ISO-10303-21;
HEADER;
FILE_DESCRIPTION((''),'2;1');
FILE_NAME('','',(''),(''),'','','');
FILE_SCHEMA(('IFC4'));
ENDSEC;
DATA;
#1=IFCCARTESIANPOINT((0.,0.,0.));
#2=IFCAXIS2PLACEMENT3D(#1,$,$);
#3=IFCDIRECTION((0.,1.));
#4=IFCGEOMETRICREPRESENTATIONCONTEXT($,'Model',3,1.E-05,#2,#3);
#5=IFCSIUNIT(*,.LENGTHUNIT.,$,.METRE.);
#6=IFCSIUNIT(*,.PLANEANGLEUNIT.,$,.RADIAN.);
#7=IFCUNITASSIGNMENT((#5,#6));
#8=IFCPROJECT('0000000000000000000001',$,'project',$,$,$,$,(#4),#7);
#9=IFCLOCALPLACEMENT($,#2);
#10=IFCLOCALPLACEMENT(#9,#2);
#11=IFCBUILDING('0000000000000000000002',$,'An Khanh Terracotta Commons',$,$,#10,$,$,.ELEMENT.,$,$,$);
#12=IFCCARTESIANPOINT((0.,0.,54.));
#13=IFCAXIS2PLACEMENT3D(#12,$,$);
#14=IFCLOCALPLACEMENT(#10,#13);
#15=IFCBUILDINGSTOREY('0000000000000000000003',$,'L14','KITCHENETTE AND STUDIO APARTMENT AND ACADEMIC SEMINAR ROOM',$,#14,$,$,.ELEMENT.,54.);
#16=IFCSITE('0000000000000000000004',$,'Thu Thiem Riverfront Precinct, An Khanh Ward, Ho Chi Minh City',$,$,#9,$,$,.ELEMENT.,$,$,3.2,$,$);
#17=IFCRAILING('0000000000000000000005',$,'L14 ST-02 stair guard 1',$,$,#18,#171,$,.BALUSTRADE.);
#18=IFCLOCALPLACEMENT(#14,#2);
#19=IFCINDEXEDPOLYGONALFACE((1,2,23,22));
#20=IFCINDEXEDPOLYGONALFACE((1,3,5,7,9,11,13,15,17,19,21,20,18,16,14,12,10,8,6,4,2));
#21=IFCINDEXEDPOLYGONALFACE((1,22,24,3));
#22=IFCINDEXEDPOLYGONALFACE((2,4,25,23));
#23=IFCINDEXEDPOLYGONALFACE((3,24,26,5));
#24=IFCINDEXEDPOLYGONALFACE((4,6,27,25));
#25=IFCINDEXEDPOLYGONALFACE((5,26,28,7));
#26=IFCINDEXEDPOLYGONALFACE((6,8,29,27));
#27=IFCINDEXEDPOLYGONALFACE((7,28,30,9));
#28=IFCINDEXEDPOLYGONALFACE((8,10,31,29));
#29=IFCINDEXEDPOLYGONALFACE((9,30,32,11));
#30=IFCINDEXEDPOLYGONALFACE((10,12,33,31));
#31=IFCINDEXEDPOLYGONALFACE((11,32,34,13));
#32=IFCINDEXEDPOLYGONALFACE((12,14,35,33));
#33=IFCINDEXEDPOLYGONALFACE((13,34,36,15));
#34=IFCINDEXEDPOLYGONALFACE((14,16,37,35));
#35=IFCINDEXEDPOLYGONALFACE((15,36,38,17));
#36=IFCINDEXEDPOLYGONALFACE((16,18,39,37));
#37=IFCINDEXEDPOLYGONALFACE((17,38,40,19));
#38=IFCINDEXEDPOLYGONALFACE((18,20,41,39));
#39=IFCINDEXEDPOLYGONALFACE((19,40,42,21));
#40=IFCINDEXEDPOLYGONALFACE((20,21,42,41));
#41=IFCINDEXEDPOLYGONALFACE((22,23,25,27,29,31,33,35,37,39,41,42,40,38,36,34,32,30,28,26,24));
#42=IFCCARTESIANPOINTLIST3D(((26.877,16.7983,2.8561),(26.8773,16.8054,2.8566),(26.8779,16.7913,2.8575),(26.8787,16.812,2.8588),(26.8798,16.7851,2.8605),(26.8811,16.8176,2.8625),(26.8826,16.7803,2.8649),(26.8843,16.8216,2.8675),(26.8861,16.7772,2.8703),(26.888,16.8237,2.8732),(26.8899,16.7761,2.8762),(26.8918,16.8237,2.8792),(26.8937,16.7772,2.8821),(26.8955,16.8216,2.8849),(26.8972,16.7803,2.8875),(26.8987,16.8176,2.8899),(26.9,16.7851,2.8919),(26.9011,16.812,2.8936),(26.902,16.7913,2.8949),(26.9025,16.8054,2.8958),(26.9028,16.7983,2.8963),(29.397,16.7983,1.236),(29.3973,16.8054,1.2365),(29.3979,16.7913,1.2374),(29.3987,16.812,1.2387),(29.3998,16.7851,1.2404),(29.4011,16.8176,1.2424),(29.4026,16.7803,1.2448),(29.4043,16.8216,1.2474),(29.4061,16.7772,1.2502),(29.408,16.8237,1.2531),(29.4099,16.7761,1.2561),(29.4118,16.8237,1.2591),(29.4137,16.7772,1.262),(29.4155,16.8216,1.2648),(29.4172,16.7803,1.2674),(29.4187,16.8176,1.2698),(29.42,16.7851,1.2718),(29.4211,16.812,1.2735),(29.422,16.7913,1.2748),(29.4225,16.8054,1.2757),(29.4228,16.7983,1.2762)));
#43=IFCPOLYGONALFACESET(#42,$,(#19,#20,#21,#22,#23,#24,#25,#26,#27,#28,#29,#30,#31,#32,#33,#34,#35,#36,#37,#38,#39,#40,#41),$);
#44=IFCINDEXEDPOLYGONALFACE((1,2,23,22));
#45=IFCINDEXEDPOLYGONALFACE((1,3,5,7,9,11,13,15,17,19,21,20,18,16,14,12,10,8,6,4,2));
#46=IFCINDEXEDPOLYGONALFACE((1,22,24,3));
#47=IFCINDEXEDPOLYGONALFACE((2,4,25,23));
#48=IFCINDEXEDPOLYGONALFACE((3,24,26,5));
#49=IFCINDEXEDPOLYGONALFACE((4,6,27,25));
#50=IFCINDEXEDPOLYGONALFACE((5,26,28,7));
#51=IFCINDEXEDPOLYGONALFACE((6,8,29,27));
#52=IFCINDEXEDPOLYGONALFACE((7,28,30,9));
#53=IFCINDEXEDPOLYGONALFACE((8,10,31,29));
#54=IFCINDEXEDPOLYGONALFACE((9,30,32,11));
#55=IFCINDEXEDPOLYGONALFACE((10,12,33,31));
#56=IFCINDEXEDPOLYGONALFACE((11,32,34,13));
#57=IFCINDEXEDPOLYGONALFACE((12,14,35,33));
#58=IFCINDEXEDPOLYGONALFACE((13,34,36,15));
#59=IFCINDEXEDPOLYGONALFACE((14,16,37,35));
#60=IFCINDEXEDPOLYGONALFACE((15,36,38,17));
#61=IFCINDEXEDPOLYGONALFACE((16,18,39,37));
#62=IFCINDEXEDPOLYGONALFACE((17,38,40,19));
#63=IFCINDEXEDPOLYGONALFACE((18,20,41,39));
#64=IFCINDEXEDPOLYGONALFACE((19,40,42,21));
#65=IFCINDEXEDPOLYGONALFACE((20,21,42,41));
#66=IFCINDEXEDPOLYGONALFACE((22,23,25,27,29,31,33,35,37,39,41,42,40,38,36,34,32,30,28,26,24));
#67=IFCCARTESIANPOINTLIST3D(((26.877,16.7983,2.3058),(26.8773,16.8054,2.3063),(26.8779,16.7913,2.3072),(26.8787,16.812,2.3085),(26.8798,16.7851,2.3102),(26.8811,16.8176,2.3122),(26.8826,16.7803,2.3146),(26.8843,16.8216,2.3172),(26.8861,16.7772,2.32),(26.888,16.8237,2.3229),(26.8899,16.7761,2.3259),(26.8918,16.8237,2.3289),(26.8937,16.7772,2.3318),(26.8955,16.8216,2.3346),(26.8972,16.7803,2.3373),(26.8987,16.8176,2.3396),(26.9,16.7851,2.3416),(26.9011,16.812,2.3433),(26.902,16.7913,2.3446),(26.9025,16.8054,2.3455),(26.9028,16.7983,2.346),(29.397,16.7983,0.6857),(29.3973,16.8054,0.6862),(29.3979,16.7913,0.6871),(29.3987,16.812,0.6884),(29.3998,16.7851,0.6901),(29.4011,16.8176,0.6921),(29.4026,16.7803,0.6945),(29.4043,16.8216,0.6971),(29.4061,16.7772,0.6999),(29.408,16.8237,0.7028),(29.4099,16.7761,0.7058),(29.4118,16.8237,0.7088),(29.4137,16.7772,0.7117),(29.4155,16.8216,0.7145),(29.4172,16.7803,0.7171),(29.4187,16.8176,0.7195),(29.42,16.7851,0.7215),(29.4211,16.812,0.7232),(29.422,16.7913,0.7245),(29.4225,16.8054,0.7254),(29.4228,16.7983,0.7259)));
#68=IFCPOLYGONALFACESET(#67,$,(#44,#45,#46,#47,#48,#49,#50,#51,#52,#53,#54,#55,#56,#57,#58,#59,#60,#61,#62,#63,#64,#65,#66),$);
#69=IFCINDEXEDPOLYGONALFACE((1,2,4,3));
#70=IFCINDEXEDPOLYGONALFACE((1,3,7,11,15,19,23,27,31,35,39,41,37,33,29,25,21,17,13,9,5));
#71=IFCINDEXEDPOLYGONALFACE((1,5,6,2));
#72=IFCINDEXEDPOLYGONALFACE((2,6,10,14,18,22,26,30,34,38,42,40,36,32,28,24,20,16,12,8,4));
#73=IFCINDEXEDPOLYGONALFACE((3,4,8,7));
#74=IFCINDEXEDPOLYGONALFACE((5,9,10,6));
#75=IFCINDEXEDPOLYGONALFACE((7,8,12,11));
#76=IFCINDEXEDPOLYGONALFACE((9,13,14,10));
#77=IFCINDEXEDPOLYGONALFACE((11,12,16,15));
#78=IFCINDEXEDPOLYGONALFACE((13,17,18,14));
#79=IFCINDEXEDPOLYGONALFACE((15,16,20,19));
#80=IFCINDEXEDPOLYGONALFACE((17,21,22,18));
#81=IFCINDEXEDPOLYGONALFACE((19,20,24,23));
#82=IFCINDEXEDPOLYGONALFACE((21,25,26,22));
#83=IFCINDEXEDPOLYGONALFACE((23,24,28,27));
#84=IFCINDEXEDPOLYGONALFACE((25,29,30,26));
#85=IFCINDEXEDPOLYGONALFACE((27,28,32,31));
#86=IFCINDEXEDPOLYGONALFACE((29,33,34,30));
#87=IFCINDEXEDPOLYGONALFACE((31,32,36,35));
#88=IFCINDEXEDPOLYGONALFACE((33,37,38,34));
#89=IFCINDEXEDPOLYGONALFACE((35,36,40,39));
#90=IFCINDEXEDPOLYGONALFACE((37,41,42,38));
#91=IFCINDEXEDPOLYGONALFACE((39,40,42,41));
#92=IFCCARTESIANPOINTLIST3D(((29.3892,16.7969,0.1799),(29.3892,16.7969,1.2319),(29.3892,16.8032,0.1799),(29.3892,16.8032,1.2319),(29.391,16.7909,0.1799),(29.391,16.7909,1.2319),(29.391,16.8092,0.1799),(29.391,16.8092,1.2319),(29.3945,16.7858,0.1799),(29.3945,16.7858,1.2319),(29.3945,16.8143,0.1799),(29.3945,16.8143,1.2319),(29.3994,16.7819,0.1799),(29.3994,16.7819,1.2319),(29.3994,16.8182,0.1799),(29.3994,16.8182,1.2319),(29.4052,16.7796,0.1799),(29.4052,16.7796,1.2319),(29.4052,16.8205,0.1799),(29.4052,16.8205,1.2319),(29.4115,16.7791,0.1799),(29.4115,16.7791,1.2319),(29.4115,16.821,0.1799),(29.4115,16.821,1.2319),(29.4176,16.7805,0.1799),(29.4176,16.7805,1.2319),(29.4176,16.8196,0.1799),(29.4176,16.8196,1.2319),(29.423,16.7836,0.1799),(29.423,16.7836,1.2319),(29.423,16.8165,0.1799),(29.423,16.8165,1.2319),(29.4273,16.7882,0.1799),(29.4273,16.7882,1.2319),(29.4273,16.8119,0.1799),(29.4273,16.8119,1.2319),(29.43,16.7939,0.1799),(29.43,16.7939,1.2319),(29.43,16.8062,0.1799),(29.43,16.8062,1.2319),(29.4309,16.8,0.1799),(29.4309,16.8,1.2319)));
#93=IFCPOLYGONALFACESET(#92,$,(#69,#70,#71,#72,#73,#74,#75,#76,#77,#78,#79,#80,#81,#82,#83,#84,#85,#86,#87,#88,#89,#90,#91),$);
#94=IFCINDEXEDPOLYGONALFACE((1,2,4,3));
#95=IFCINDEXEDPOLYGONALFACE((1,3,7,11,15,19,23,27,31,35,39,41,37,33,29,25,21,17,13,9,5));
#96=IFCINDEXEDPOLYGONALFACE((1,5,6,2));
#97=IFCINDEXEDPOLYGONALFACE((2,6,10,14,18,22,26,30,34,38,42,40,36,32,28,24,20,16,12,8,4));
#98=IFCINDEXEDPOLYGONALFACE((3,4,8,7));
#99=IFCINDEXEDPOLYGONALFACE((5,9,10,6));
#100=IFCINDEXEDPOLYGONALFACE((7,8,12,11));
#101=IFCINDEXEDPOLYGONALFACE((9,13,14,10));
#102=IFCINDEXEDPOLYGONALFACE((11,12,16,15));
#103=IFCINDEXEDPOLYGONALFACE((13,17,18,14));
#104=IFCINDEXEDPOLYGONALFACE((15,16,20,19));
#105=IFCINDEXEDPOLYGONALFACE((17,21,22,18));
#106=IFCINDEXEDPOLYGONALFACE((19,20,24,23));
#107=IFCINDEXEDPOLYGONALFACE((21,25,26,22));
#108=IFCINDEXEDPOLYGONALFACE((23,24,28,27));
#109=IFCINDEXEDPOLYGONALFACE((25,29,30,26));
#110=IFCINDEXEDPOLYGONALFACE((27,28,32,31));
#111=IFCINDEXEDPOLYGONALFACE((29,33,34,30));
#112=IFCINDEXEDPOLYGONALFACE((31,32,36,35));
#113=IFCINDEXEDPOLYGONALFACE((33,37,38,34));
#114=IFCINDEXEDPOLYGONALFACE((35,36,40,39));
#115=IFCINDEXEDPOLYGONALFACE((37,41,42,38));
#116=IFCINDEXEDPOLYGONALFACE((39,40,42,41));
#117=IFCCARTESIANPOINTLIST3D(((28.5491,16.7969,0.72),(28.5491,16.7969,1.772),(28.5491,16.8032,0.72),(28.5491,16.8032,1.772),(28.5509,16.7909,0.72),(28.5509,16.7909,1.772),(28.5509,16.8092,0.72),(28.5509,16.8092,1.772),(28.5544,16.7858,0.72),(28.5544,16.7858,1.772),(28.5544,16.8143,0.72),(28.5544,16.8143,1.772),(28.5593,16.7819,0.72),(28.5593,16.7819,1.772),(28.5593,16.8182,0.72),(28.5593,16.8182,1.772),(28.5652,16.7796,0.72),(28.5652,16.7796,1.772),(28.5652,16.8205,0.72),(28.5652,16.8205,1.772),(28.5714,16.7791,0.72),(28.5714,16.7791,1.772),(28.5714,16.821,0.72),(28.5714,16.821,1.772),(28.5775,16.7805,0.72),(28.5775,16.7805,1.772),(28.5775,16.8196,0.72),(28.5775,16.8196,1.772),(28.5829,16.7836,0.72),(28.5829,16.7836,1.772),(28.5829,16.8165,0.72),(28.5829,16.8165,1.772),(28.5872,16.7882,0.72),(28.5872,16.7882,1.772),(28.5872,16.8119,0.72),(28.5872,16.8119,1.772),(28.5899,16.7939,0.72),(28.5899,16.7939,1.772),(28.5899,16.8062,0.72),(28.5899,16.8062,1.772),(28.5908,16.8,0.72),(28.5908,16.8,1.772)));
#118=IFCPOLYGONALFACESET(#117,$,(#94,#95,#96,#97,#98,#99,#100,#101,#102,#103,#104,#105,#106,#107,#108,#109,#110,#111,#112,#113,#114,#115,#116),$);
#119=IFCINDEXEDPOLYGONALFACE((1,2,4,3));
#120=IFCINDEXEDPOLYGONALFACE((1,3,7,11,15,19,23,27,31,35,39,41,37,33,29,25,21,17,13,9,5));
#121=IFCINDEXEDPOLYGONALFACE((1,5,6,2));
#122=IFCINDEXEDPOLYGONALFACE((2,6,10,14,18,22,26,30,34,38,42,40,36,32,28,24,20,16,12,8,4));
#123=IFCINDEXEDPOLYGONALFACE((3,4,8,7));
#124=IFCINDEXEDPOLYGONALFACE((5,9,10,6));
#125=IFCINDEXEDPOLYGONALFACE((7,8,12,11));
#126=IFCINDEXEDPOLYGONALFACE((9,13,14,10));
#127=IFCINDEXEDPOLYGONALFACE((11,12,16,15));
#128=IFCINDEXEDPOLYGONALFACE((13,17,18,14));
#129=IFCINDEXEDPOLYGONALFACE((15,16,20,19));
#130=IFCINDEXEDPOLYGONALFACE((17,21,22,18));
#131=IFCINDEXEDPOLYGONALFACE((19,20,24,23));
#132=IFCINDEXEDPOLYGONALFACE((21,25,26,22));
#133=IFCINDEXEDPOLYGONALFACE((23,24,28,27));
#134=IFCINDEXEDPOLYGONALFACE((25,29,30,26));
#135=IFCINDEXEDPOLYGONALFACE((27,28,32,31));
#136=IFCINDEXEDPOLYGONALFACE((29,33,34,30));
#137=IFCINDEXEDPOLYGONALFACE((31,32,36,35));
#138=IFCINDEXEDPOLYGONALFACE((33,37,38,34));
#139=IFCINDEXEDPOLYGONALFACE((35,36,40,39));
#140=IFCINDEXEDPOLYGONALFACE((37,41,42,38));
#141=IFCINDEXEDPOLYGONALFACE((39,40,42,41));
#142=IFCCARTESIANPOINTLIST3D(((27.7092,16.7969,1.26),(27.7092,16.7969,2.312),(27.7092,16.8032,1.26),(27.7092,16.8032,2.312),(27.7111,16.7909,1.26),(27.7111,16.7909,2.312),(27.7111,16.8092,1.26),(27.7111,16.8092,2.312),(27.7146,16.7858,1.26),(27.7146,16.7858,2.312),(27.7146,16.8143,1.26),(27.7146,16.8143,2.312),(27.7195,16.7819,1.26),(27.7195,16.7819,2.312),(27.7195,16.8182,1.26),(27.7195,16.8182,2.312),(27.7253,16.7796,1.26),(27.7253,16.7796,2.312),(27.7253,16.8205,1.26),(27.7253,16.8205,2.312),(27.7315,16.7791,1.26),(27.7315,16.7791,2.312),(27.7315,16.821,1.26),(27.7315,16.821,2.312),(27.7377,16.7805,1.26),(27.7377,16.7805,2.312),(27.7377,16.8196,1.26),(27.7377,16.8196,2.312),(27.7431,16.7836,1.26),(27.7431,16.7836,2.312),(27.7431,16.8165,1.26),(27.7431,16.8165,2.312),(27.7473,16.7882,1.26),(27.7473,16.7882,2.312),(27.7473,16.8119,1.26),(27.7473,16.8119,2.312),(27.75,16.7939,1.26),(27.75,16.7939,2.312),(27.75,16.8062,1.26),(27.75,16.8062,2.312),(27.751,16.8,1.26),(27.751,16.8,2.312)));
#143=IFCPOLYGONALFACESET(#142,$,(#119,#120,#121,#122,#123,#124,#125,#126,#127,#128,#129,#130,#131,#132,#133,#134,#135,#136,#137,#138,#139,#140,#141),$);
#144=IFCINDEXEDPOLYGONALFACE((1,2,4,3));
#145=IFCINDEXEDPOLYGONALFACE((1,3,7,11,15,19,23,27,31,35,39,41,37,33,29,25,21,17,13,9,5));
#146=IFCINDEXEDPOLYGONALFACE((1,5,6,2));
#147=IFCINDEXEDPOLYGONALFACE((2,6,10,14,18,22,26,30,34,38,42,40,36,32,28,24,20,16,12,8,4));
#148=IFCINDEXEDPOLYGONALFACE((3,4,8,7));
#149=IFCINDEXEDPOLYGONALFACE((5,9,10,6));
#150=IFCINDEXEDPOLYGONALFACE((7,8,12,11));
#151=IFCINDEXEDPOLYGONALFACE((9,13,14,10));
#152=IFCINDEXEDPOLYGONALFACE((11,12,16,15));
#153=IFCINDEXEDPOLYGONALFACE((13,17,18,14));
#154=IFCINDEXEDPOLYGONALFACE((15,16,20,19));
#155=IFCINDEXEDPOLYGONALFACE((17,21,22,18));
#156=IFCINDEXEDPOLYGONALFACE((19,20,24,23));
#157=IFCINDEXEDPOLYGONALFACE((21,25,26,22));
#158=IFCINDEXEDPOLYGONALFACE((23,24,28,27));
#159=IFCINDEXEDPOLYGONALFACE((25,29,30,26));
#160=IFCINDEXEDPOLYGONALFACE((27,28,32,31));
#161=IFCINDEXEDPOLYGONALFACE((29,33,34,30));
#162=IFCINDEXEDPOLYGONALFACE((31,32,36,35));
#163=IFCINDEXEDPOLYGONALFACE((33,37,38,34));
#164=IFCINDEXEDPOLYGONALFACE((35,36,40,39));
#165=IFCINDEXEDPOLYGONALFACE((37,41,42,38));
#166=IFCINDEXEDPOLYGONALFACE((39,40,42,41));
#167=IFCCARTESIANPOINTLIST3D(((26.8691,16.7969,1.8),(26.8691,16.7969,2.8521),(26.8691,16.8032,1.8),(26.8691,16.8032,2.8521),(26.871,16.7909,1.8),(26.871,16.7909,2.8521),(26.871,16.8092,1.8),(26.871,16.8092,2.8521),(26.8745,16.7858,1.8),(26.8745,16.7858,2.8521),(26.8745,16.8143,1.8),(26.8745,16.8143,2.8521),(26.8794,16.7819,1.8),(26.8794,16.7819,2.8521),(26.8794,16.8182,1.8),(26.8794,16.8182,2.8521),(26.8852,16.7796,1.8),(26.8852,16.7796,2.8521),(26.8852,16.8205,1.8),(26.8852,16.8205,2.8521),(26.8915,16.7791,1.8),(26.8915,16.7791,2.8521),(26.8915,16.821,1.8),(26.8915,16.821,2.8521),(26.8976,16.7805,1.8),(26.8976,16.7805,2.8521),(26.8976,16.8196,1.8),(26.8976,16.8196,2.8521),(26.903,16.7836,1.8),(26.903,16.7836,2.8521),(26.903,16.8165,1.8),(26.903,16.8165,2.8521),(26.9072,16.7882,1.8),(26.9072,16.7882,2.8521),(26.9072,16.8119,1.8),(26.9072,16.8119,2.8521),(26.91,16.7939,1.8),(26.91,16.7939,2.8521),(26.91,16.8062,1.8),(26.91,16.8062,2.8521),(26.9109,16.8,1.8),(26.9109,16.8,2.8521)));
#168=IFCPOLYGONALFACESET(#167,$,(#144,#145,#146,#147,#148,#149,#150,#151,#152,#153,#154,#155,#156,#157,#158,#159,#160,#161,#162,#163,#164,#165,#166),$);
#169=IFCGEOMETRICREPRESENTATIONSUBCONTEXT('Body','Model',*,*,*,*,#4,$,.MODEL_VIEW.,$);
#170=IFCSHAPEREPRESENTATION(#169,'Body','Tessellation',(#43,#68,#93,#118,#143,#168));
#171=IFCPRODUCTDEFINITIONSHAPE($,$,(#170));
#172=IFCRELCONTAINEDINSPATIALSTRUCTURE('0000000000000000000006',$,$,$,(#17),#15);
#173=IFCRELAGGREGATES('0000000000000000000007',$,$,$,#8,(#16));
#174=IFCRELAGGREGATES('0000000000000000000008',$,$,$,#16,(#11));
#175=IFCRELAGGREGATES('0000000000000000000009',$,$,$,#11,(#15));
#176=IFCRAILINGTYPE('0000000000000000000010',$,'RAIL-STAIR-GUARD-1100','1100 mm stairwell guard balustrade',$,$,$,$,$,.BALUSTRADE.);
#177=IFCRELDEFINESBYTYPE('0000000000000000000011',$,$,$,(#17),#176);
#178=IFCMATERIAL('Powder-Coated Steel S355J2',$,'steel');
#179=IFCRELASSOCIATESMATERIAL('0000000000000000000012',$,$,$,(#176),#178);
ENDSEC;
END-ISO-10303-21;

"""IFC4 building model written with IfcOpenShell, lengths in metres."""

from ifc_helpers import new_model, si_unit, direction, frame, origin, origin_2d, place, context, subcontext, project, spatial, circle, extrude, material, type_object, element, save


model = new_model("IFC4")

# Units and contexts
model_context = context("Model", 3, precision=1e-05, world=origin(), true_north=direction((0.0, 1.0)))
body_context = subcontext(model_context, "Body", "Model", "MODEL_VIEW")
ifc_project = project(units=[si_unit("LENGTHUNIT", "METRE"), si_unit("PLANEANGLEUNIT", "RADIAN")], contexts=[model_context])

# Site, building, storey
site_placement = place(None, origin())
site = spatial("IfcSite", under=ifc_project, at=site_placement, Name="Thu Thiem Riverfront Precinct, An Khanh Ward, Ho Chi Minh City", CompositionType="ELEMENT", RefElevation=3.2)
building_placement = place(site_placement, origin())
building = spatial("IfcBuilding", under=site, at=building_placement, Name="An Khanh Terracotta Commons", CompositionType="ELEMENT")
storey_placement = place(building_placement, frame((0.0, 0.0, 54.0)))
storey = spatial("IfcBuildingStorey", under=building, at=storey_placement, Name="L14", Description="KITCHENETTE AND STUDIO APARTMENT AND ACADEMIC SEMINAR ROOM", CompositionType="ELEMENT", Elevation=54.0)

# Railing
ifc_material_1 = material(Name="Powder-Coated Steel S355J2", Category="steel")
railing_type_1 = type_object("IfcRailingType", Name="RAIL-STAIR-GUARD-1100", Description="1100 mm stairwell guard balustrade", PredefinedType="BALUSTRADE", material=ifc_material_1)
railing_1_placement = place(storey_placement, frame((29.4099, 16.8, 0.1799)))
element("IfcRailing", 1, at=railing_1_placement, inside=storey, type_object=railing_type_1, Name="L14 ST-02 stair guard 1", PredefinedType="BALUSTRADE", context=body_context, shape_type="SweptSolid", body=[
    extrude(circle(Radius=0.0239, at=origin_2d()), frame((0.0, 0.0, 1.0762), z_axis=(-0.841163, 0.0, 0.540782), x_axis=(0.0, -1.0, 0.0)), (0.0, 0.0, 1.0), 2.9958),
    extrude(circle(Radius=0.0239, at=origin_2d()), frame((0.0, 0.0, 0.5259), z_axis=(-0.841163, 0.0, 0.540782), x_axis=(0.0, -1.0, 0.0)), (0.0, 0.0, 1.0), 2.9958),
    extrude(circle(Radius=0.021, at=origin_2d()), origin(), (0.0, 0.0, 1.0), 1.052),
    extrude(circle(Radius=0.021, at=origin_2d()), frame((-0.8401, 0.0, 0.54)), (0.0, 0.0, 1.0), 1.052),
    extrude(circle(Radius=0.021, at=origin_2d()), frame((-1.6799, 0.0, 1.0801)), (0.0, 0.0, 1.0), 1.052),
    extrude(circle(Radius=0.021, at=origin_2d()), frame((-2.52, 0.0, 1.6201)), (0.0, 0.0, 1.0), 1.052),
])

save(model, "model.ifc")
